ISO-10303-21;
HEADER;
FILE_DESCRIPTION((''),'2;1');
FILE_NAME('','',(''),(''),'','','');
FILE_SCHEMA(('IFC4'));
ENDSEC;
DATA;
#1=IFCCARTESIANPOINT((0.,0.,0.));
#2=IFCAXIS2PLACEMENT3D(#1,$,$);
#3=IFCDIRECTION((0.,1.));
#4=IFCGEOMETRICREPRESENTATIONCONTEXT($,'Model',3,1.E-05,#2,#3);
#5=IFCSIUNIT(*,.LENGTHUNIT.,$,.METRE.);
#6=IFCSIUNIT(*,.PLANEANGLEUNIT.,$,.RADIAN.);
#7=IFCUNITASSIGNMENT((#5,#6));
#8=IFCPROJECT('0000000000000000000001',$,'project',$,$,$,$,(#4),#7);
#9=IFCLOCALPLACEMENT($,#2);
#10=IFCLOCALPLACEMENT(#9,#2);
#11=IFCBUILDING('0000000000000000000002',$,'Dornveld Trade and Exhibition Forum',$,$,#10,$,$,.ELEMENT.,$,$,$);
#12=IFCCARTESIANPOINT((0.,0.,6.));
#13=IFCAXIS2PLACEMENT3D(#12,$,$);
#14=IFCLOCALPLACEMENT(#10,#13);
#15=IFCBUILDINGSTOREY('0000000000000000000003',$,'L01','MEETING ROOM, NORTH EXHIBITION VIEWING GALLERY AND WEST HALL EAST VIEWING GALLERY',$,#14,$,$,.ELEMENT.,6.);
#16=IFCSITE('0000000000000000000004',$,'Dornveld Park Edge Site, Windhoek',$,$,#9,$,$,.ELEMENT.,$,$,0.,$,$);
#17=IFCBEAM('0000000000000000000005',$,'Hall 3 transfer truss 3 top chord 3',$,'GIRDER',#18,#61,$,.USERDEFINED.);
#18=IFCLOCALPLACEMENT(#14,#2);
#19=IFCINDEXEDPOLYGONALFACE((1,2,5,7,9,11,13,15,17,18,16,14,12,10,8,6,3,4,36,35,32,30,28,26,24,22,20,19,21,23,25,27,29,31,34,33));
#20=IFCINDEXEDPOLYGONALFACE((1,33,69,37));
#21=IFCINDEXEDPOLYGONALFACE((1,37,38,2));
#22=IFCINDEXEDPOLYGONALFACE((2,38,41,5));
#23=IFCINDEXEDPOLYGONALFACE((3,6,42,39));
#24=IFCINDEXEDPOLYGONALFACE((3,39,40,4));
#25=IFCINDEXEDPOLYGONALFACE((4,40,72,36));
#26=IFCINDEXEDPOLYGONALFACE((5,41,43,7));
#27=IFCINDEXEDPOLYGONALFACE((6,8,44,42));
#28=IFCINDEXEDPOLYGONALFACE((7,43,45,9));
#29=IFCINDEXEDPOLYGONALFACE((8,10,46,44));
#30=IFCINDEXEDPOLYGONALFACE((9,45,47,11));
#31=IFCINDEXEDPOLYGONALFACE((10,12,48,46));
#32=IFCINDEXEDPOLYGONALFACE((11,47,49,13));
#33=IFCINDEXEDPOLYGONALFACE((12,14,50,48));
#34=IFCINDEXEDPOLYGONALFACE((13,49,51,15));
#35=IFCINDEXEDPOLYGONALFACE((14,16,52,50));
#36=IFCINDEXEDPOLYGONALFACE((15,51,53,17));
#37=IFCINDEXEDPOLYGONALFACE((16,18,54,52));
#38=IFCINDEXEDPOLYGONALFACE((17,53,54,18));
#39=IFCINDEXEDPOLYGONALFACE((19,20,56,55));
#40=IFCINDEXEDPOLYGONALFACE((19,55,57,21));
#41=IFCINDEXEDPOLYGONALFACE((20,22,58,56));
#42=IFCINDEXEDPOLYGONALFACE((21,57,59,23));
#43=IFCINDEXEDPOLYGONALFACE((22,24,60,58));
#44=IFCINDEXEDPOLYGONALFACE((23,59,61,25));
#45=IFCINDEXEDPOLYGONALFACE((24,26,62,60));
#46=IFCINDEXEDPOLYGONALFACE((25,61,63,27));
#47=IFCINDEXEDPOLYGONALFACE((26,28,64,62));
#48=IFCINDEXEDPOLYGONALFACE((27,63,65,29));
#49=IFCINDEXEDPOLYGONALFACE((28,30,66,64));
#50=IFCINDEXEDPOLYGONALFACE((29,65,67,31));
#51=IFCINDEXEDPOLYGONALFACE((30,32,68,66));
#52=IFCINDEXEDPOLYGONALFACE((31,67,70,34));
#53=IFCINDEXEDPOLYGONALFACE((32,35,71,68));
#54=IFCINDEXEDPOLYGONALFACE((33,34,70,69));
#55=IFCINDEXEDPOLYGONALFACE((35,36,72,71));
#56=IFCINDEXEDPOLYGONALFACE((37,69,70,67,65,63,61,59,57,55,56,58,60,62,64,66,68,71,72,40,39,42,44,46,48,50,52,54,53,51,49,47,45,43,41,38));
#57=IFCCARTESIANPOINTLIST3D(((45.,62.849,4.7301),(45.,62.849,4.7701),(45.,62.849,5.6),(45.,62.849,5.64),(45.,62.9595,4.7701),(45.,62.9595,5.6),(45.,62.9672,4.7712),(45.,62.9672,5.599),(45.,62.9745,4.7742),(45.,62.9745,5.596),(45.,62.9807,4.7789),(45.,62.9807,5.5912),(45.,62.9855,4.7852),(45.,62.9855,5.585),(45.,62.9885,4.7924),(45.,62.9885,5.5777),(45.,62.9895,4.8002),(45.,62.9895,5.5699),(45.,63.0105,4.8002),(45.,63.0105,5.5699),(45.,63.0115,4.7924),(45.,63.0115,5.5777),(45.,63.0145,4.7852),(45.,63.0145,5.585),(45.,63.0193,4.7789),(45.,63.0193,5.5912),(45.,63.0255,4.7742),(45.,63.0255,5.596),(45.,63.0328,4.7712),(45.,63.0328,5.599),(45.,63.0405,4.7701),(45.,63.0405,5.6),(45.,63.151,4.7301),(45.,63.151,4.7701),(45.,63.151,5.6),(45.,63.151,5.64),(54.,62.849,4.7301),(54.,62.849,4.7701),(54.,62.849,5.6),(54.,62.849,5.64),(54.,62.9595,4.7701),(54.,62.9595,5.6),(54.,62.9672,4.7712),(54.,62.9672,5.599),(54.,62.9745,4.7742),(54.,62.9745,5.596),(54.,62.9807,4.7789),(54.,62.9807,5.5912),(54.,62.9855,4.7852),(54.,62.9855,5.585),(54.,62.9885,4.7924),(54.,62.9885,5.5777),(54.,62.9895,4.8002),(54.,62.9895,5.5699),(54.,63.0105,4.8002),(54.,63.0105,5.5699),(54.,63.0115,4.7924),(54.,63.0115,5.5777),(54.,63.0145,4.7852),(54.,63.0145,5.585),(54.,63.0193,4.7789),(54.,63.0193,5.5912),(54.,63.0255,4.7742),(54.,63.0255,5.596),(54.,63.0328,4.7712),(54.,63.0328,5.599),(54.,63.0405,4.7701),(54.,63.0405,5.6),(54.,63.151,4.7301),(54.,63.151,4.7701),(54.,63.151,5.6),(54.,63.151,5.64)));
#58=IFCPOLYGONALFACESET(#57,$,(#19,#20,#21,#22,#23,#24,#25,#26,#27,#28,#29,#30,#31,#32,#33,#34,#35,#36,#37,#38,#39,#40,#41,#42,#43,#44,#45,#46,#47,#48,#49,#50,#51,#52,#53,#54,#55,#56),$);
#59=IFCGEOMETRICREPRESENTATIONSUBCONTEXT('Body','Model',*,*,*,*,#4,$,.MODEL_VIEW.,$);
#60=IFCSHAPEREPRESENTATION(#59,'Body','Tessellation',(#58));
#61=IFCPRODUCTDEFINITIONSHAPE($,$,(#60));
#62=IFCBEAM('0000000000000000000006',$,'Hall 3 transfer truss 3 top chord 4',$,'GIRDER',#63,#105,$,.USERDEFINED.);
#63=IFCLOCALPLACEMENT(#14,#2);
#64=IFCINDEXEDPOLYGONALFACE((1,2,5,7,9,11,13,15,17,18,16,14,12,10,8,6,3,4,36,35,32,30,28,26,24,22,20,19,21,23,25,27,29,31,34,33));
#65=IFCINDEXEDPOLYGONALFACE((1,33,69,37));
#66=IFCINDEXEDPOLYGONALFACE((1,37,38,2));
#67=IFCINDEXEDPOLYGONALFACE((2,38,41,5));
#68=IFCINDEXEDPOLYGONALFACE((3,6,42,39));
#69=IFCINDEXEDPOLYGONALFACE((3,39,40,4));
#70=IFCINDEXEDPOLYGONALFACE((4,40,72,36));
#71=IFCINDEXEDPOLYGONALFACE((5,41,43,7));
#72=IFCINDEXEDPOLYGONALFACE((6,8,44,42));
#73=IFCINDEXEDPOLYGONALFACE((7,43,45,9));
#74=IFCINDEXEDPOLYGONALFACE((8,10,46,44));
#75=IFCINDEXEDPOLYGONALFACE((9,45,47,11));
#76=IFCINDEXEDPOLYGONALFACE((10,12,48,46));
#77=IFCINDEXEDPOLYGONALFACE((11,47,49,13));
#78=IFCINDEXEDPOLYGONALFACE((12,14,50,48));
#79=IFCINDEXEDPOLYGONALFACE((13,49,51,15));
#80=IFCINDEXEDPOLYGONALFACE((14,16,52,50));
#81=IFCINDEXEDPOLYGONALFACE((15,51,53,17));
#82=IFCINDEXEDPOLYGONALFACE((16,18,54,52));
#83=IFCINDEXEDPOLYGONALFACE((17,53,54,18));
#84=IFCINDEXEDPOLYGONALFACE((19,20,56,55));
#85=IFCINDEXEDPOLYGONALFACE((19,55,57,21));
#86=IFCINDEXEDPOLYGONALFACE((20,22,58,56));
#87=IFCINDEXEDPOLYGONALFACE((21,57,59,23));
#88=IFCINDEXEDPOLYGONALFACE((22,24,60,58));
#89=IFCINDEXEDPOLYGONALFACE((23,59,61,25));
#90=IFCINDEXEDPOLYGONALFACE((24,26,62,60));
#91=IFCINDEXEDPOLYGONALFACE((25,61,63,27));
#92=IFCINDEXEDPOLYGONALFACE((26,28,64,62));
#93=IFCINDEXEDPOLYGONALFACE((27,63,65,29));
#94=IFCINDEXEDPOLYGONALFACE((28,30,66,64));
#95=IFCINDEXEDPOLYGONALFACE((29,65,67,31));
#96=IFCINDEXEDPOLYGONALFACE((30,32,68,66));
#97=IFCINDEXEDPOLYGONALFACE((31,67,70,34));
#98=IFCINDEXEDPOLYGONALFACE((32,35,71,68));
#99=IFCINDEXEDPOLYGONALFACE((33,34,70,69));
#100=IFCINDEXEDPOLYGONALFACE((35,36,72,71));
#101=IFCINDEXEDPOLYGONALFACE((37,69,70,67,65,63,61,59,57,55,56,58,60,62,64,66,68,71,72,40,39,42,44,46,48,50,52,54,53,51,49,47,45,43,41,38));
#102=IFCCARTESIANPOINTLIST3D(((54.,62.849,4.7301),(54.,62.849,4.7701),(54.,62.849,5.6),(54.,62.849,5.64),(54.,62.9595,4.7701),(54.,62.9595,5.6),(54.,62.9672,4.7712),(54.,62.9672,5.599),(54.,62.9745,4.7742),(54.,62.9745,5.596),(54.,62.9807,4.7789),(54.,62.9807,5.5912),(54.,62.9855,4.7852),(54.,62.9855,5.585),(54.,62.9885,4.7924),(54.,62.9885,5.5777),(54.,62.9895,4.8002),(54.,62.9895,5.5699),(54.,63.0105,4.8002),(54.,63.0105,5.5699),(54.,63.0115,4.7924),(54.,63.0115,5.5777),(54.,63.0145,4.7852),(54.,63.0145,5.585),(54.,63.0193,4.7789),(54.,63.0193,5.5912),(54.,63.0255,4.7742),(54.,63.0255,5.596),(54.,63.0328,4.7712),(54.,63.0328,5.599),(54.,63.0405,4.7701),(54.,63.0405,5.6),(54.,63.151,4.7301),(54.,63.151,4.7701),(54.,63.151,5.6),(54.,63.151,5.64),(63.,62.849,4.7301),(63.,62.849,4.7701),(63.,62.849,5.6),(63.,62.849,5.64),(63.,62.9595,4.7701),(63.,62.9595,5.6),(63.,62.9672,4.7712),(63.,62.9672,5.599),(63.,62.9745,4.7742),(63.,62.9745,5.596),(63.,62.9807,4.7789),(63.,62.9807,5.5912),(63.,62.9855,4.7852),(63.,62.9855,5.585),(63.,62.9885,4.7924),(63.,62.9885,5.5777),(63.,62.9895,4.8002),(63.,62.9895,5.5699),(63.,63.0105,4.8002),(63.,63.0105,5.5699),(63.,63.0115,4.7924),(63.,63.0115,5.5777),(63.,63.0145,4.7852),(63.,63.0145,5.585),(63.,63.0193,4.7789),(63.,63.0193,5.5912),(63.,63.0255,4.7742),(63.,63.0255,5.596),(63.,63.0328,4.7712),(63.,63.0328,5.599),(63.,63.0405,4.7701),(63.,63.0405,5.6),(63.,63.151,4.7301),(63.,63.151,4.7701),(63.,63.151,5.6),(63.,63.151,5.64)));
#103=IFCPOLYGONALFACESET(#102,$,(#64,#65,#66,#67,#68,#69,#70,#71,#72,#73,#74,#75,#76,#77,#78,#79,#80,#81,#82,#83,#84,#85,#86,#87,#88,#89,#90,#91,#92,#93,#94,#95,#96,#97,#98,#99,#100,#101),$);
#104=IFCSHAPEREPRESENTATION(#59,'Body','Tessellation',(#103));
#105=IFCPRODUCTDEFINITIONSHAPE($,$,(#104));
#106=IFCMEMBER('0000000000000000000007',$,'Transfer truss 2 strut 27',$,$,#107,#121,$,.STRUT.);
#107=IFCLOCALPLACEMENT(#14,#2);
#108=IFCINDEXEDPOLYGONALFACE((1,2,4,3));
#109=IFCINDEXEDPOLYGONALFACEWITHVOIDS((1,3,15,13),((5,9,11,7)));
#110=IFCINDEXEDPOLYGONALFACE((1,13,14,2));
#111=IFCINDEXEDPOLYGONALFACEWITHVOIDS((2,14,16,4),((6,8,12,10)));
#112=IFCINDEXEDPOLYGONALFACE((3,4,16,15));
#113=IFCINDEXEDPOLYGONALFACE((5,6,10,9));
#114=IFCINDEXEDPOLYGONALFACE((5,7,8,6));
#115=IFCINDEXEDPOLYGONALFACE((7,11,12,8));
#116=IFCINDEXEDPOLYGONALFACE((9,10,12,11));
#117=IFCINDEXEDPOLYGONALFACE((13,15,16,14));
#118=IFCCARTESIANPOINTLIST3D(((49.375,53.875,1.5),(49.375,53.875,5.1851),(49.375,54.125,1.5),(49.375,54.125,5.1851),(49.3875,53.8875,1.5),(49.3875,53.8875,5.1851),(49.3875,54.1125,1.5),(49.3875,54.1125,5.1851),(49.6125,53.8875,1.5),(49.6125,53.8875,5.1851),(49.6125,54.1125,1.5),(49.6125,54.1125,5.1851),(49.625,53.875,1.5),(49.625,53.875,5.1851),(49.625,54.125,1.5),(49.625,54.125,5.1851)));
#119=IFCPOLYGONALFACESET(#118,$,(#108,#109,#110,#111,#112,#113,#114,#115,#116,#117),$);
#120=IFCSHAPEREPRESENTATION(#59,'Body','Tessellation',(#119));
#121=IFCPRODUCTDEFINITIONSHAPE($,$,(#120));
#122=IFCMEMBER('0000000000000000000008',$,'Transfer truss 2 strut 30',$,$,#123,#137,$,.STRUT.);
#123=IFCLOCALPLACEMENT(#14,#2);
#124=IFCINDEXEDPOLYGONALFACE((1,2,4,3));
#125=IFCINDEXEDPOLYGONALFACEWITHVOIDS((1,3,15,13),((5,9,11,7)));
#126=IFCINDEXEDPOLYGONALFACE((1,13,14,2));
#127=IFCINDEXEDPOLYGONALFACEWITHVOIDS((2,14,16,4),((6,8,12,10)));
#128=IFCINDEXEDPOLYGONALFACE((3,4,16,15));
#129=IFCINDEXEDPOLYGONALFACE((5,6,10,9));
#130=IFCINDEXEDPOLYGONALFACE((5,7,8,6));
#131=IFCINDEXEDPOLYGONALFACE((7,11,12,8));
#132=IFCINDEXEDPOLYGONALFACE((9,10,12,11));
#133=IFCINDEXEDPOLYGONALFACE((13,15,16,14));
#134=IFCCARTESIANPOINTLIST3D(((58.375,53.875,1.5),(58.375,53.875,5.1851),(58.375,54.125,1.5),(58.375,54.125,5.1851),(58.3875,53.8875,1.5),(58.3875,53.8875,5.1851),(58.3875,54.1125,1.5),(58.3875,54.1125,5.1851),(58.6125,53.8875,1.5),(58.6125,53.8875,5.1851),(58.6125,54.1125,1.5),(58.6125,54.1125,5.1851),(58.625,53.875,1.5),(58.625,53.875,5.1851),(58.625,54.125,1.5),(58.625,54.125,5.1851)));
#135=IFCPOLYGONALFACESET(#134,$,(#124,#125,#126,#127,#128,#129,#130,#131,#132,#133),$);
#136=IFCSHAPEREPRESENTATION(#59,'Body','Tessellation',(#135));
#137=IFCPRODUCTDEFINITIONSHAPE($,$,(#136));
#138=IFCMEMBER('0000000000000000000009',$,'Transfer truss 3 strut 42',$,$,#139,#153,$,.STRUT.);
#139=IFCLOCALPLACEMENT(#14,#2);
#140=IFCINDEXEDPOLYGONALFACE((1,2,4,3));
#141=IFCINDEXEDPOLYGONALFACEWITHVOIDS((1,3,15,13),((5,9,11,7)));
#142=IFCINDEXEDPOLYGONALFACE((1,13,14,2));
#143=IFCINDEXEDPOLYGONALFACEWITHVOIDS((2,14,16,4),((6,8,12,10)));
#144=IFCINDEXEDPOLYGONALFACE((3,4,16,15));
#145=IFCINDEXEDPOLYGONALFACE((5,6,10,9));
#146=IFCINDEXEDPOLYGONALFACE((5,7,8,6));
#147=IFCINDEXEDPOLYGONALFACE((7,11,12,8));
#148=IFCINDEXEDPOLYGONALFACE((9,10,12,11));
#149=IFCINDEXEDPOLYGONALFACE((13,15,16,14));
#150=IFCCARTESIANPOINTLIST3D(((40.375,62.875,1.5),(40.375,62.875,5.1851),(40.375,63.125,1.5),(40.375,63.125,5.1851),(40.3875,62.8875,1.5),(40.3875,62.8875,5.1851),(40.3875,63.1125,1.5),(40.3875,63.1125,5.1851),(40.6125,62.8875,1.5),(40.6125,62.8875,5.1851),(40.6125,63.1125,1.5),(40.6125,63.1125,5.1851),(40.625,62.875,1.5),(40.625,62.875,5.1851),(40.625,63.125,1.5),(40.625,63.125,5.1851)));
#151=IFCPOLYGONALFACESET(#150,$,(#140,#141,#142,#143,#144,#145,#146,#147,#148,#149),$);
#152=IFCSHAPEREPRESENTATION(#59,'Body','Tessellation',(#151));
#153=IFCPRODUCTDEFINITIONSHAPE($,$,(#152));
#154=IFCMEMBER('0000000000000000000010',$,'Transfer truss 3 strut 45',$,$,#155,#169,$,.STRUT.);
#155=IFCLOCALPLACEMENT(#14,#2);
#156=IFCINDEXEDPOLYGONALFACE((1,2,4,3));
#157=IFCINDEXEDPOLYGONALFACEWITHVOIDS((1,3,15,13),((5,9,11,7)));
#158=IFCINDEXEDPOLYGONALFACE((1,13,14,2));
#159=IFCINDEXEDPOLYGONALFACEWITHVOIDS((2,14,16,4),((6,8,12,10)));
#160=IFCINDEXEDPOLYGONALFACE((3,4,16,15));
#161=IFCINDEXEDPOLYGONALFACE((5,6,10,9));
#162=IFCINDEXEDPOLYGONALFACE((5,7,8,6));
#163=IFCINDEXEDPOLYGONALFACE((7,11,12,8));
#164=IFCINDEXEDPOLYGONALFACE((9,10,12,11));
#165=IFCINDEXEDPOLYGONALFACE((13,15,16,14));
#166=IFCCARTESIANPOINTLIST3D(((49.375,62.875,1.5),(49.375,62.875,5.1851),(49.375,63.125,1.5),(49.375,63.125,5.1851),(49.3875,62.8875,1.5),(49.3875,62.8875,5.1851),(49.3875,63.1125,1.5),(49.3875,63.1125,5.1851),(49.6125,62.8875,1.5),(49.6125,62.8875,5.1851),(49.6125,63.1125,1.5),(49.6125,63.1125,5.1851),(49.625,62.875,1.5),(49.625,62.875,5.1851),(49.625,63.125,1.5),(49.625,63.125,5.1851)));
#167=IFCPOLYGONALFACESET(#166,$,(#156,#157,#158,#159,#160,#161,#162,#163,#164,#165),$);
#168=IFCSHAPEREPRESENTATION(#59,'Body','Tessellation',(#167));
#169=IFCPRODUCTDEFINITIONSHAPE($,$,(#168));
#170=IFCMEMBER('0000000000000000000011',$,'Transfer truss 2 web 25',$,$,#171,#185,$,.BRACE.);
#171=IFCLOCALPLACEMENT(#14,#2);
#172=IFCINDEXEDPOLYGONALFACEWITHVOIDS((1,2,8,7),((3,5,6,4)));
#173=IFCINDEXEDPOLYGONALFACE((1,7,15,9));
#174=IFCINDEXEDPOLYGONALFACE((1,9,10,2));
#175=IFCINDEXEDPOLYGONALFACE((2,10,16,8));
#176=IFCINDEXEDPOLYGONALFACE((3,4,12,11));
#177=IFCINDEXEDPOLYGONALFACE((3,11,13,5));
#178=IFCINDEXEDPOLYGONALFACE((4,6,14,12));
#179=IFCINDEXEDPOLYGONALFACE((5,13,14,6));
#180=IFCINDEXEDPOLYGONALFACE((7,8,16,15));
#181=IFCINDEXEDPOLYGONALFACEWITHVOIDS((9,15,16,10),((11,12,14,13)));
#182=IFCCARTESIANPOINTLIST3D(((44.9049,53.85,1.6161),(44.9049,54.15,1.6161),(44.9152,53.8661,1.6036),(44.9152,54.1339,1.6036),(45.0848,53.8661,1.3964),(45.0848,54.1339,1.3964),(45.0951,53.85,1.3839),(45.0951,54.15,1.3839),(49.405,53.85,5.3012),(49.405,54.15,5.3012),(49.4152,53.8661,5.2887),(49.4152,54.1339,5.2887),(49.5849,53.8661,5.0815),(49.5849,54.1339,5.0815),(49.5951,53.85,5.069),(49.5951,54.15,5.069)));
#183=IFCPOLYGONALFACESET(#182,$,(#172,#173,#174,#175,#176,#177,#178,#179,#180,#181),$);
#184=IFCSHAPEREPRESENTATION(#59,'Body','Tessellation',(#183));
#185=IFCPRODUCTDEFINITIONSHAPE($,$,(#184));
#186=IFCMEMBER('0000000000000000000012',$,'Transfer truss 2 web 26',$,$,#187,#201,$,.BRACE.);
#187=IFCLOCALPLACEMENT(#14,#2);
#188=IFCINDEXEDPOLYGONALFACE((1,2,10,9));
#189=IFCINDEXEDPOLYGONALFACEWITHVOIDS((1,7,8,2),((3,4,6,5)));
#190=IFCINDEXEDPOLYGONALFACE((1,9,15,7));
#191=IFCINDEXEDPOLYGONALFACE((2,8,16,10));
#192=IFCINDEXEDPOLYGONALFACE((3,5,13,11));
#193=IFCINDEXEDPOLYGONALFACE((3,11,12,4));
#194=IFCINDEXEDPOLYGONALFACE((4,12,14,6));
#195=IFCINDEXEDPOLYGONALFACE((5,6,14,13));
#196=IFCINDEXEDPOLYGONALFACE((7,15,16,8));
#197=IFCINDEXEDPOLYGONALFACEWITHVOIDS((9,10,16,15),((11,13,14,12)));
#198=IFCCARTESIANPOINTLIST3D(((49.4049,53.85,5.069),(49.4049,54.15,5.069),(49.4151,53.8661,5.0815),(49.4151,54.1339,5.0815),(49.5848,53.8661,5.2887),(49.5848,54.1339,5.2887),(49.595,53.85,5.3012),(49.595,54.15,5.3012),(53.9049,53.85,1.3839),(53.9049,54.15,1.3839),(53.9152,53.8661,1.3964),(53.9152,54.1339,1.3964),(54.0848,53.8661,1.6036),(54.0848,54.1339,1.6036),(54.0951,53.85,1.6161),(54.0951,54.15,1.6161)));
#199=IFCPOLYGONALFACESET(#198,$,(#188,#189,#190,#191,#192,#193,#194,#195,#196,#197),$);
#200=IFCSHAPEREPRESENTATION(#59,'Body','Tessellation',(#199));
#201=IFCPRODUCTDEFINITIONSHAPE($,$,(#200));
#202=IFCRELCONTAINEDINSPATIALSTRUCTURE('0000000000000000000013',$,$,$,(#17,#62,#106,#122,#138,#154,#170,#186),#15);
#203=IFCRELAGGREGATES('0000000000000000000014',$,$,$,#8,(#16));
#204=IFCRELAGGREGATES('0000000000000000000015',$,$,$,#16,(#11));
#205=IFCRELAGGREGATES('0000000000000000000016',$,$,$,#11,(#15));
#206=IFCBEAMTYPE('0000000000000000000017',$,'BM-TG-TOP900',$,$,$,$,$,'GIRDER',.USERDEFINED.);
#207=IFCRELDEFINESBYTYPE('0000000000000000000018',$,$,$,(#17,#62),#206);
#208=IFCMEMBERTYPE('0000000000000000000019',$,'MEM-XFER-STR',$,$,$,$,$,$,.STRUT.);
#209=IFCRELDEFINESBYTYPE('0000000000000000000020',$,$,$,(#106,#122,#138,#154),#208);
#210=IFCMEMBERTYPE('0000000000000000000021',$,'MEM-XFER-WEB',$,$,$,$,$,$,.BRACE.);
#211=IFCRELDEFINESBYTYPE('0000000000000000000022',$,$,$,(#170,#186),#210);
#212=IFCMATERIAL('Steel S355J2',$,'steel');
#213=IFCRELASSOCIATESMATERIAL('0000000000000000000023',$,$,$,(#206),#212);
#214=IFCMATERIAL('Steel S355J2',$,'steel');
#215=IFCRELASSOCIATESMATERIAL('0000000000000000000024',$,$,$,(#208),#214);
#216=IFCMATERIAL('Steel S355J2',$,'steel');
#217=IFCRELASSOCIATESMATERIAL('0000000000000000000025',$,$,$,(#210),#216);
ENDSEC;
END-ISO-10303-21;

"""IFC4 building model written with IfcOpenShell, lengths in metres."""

from ifc_helpers import new_model, si_unit, direction, frame, origin, origin_2d, place, context, subcontext, project, spatial, hollow_rectangle, i_section, extrude, material, material_profile, profile_set, type_object, element, save


model = new_model("IFC4")

# Units and contexts
model_context = context("Model", 3, precision=1e-05, world=origin(), true_north=direction((0.0, 1.0)))
body_context = subcontext(model_context, "Body", "Model", "MODEL_VIEW")
ifc_project = project(units=[si_unit("LENGTHUNIT", "METRE"), si_unit("PLANEANGLEUNIT", "RADIAN")], contexts=[model_context])

# Site, building, storey
site_placement = place(None, origin())
site = spatial("IfcSite", under=ifc_project, at=site_placement, Name="Dornveld Park Edge Site, Windhoek", CompositionType="ELEMENT", RefElevation=0.0)
building_placement = place(site_placement, origin())
building = spatial("IfcBuilding", under=site, at=building_placement, Name="Dornveld Trade and Exhibition Forum", CompositionType="ELEMENT")
storey_placement = place(building_placement, frame((0.0, 0.0, 6.0)))
storey = spatial("IfcBuildingStorey", under=building, at=storey_placement, Name="L01", Description="MEETING ROOM, NORTH EXHIBITION VIEWING GALLERY AND WEST HALL EAST VIEWING GALLERY", CompositionType="ELEMENT", Elevation=6.0)

# Beams
ifc_material_1 = material(Name="Steel S355J2", Category="steel")
ifc_material_profile_1 = material_profile(ifc_material_1, i_section(OverallWidth=0.302, OverallDepth=0.9099, WebThickness=0.021, FlangeThickness=0.04, FilletRadius=0.03, at=origin_2d()), Name="HEM 900")
ifc_profile_set_1 = profile_set([ifc_material_profile_1], Name="Steel S355J2")
beam_type_1 = type_object("IfcBeamType", Name="BM-TG-TOP900", ElementType="GIRDER", PredefinedType="USERDEFINED", material=ifc_profile_set_1)
for number, where, z_axis, x_axis, name in (
    (1, (45.0, 63.0, 5.1851), (1.0, 0.0, 0.0), (0.0, 1.0, 0.0), "Hall 3 transfer truss 3 top chord 3"),
    (2, (54.0, 63.0, 5.1851), (1.0, 0.0, 0.0), (0.0, 1.0, 0.0), "Hall 3 transfer truss 3 top chord 4"),
):
    element("IfcBeam", number, at=place(storey_placement, frame(where, z_axis=z_axis, x_axis=x_axis)), inside=storey, type_object=beam_type_1, Name=name, ObjectType="GIRDER", PredefinedType="USERDEFINED", context=body_context, shape_type="SweptSolid", body=[
        extrude(i_section(OverallWidth=0.302, OverallDepth=0.9099, WebThickness=0.021, FlangeThickness=0.04, FilletRadius=0.03, at=origin_2d()), origin(), (0.0, 0.0, 1.0), 9.0),
    ])

# Members
ifc_material_2 = material(Name="Steel S355J2", Category="steel")
ifc_material_profile_2 = material_profile(ifc_material_2, hollow_rectangle(XDim=0.25, YDim=0.25, WallThickness=0.0125, at=origin_2d()), Name="SHS 250x250x12.5")
ifc_profile_set_2 = profile_set([ifc_material_profile_2], Name="Steel S355J2")
member_type_1 = type_object("IfcMemberType", Name="MEM-XFER-STR", PredefinedType="STRUT", material=ifc_profile_set_2)
for number, where, z_axis, x_axis, name in (
    (3, (49.5, 54.0, 1.5), (0.0, 0.0, 1.0), (1.0, 0.0, 0.0), "Transfer truss 2 strut 27"),
    (4, (58.5, 54.0, 1.5), (0.0, 0.0, 1.0), (1.0, 0.0, 0.0), "Transfer truss 2 strut 30"),
    (5, (40.5, 63.0, 1.5), (0.0, 0.0, 1.0), (1.0, 0.0, 0.0), "Transfer truss 3 strut 42"),
    (6, (49.5, 63.0, 1.5), (0.0, 0.0, 1.0), (1.0, 0.0, 0.0), "Transfer truss 3 strut 45"),
):
    element("IfcMember", number, at=place(storey_placement, frame(where, z_axis=z_axis, x_axis=x_axis)), inside=storey, type_object=member_type_1, Name=name, PredefinedType="STRUT", context=body_context, shape_type="SweptSolid", body=[
        extrude(hollow_rectangle(XDim=0.25, YDim=0.25, WallThickness=0.0125, at=origin_2d()), origin(), (0.0, 0.0, 1.0), 3.6851),
    ])
ifc_material_3 = material(Name="Steel S355J2", Category="steel")
ifc_material_profile_3 = material_profile(ifc_material_3, hollow_rectangle(XDim=0.3, YDim=0.3, WallThickness=0.0161, at=origin_2d()), Name="SHS 300x300x16")
ifc_profile_set_3 = profile_set([ifc_material_profile_3], Name="Steel S355J2")
member_type_2 = type_object("IfcMemberType", Name="MEM-XFER-WEB", PredefinedType="BRACE", material=ifc_profile_set_3)
for number, where, z_axis, x_axis, name in (
    (7, (45.0, 54.0, 1.5), (0.773684, 0.0, 0.633571), (0.0, 1.0, 0.0), "Transfer truss 2 web 25"),
    (8, (54.0, 54.0, 1.5), (-0.773684, 0.0, 0.633571), (0.0, -1.0, 0.0), "Transfer truss 2 web 26"),
):
    element("IfcMember", number, at=place(storey_placement, frame(where, z_axis=z_axis, x_axis=x_axis)), inside=storey, type_object=member_type_2, Name=name, PredefinedType="BRACE", context=body_context, shape_type="SweptSolid", body=[
        extrude(hollow_rectangle(XDim=0.3, YDim=0.3, WallThickness=0.0161, at=origin_2d()), origin(), (0.0, 0.0, 1.0), 5.8164),
    ])

save(model, "model.ifc")
